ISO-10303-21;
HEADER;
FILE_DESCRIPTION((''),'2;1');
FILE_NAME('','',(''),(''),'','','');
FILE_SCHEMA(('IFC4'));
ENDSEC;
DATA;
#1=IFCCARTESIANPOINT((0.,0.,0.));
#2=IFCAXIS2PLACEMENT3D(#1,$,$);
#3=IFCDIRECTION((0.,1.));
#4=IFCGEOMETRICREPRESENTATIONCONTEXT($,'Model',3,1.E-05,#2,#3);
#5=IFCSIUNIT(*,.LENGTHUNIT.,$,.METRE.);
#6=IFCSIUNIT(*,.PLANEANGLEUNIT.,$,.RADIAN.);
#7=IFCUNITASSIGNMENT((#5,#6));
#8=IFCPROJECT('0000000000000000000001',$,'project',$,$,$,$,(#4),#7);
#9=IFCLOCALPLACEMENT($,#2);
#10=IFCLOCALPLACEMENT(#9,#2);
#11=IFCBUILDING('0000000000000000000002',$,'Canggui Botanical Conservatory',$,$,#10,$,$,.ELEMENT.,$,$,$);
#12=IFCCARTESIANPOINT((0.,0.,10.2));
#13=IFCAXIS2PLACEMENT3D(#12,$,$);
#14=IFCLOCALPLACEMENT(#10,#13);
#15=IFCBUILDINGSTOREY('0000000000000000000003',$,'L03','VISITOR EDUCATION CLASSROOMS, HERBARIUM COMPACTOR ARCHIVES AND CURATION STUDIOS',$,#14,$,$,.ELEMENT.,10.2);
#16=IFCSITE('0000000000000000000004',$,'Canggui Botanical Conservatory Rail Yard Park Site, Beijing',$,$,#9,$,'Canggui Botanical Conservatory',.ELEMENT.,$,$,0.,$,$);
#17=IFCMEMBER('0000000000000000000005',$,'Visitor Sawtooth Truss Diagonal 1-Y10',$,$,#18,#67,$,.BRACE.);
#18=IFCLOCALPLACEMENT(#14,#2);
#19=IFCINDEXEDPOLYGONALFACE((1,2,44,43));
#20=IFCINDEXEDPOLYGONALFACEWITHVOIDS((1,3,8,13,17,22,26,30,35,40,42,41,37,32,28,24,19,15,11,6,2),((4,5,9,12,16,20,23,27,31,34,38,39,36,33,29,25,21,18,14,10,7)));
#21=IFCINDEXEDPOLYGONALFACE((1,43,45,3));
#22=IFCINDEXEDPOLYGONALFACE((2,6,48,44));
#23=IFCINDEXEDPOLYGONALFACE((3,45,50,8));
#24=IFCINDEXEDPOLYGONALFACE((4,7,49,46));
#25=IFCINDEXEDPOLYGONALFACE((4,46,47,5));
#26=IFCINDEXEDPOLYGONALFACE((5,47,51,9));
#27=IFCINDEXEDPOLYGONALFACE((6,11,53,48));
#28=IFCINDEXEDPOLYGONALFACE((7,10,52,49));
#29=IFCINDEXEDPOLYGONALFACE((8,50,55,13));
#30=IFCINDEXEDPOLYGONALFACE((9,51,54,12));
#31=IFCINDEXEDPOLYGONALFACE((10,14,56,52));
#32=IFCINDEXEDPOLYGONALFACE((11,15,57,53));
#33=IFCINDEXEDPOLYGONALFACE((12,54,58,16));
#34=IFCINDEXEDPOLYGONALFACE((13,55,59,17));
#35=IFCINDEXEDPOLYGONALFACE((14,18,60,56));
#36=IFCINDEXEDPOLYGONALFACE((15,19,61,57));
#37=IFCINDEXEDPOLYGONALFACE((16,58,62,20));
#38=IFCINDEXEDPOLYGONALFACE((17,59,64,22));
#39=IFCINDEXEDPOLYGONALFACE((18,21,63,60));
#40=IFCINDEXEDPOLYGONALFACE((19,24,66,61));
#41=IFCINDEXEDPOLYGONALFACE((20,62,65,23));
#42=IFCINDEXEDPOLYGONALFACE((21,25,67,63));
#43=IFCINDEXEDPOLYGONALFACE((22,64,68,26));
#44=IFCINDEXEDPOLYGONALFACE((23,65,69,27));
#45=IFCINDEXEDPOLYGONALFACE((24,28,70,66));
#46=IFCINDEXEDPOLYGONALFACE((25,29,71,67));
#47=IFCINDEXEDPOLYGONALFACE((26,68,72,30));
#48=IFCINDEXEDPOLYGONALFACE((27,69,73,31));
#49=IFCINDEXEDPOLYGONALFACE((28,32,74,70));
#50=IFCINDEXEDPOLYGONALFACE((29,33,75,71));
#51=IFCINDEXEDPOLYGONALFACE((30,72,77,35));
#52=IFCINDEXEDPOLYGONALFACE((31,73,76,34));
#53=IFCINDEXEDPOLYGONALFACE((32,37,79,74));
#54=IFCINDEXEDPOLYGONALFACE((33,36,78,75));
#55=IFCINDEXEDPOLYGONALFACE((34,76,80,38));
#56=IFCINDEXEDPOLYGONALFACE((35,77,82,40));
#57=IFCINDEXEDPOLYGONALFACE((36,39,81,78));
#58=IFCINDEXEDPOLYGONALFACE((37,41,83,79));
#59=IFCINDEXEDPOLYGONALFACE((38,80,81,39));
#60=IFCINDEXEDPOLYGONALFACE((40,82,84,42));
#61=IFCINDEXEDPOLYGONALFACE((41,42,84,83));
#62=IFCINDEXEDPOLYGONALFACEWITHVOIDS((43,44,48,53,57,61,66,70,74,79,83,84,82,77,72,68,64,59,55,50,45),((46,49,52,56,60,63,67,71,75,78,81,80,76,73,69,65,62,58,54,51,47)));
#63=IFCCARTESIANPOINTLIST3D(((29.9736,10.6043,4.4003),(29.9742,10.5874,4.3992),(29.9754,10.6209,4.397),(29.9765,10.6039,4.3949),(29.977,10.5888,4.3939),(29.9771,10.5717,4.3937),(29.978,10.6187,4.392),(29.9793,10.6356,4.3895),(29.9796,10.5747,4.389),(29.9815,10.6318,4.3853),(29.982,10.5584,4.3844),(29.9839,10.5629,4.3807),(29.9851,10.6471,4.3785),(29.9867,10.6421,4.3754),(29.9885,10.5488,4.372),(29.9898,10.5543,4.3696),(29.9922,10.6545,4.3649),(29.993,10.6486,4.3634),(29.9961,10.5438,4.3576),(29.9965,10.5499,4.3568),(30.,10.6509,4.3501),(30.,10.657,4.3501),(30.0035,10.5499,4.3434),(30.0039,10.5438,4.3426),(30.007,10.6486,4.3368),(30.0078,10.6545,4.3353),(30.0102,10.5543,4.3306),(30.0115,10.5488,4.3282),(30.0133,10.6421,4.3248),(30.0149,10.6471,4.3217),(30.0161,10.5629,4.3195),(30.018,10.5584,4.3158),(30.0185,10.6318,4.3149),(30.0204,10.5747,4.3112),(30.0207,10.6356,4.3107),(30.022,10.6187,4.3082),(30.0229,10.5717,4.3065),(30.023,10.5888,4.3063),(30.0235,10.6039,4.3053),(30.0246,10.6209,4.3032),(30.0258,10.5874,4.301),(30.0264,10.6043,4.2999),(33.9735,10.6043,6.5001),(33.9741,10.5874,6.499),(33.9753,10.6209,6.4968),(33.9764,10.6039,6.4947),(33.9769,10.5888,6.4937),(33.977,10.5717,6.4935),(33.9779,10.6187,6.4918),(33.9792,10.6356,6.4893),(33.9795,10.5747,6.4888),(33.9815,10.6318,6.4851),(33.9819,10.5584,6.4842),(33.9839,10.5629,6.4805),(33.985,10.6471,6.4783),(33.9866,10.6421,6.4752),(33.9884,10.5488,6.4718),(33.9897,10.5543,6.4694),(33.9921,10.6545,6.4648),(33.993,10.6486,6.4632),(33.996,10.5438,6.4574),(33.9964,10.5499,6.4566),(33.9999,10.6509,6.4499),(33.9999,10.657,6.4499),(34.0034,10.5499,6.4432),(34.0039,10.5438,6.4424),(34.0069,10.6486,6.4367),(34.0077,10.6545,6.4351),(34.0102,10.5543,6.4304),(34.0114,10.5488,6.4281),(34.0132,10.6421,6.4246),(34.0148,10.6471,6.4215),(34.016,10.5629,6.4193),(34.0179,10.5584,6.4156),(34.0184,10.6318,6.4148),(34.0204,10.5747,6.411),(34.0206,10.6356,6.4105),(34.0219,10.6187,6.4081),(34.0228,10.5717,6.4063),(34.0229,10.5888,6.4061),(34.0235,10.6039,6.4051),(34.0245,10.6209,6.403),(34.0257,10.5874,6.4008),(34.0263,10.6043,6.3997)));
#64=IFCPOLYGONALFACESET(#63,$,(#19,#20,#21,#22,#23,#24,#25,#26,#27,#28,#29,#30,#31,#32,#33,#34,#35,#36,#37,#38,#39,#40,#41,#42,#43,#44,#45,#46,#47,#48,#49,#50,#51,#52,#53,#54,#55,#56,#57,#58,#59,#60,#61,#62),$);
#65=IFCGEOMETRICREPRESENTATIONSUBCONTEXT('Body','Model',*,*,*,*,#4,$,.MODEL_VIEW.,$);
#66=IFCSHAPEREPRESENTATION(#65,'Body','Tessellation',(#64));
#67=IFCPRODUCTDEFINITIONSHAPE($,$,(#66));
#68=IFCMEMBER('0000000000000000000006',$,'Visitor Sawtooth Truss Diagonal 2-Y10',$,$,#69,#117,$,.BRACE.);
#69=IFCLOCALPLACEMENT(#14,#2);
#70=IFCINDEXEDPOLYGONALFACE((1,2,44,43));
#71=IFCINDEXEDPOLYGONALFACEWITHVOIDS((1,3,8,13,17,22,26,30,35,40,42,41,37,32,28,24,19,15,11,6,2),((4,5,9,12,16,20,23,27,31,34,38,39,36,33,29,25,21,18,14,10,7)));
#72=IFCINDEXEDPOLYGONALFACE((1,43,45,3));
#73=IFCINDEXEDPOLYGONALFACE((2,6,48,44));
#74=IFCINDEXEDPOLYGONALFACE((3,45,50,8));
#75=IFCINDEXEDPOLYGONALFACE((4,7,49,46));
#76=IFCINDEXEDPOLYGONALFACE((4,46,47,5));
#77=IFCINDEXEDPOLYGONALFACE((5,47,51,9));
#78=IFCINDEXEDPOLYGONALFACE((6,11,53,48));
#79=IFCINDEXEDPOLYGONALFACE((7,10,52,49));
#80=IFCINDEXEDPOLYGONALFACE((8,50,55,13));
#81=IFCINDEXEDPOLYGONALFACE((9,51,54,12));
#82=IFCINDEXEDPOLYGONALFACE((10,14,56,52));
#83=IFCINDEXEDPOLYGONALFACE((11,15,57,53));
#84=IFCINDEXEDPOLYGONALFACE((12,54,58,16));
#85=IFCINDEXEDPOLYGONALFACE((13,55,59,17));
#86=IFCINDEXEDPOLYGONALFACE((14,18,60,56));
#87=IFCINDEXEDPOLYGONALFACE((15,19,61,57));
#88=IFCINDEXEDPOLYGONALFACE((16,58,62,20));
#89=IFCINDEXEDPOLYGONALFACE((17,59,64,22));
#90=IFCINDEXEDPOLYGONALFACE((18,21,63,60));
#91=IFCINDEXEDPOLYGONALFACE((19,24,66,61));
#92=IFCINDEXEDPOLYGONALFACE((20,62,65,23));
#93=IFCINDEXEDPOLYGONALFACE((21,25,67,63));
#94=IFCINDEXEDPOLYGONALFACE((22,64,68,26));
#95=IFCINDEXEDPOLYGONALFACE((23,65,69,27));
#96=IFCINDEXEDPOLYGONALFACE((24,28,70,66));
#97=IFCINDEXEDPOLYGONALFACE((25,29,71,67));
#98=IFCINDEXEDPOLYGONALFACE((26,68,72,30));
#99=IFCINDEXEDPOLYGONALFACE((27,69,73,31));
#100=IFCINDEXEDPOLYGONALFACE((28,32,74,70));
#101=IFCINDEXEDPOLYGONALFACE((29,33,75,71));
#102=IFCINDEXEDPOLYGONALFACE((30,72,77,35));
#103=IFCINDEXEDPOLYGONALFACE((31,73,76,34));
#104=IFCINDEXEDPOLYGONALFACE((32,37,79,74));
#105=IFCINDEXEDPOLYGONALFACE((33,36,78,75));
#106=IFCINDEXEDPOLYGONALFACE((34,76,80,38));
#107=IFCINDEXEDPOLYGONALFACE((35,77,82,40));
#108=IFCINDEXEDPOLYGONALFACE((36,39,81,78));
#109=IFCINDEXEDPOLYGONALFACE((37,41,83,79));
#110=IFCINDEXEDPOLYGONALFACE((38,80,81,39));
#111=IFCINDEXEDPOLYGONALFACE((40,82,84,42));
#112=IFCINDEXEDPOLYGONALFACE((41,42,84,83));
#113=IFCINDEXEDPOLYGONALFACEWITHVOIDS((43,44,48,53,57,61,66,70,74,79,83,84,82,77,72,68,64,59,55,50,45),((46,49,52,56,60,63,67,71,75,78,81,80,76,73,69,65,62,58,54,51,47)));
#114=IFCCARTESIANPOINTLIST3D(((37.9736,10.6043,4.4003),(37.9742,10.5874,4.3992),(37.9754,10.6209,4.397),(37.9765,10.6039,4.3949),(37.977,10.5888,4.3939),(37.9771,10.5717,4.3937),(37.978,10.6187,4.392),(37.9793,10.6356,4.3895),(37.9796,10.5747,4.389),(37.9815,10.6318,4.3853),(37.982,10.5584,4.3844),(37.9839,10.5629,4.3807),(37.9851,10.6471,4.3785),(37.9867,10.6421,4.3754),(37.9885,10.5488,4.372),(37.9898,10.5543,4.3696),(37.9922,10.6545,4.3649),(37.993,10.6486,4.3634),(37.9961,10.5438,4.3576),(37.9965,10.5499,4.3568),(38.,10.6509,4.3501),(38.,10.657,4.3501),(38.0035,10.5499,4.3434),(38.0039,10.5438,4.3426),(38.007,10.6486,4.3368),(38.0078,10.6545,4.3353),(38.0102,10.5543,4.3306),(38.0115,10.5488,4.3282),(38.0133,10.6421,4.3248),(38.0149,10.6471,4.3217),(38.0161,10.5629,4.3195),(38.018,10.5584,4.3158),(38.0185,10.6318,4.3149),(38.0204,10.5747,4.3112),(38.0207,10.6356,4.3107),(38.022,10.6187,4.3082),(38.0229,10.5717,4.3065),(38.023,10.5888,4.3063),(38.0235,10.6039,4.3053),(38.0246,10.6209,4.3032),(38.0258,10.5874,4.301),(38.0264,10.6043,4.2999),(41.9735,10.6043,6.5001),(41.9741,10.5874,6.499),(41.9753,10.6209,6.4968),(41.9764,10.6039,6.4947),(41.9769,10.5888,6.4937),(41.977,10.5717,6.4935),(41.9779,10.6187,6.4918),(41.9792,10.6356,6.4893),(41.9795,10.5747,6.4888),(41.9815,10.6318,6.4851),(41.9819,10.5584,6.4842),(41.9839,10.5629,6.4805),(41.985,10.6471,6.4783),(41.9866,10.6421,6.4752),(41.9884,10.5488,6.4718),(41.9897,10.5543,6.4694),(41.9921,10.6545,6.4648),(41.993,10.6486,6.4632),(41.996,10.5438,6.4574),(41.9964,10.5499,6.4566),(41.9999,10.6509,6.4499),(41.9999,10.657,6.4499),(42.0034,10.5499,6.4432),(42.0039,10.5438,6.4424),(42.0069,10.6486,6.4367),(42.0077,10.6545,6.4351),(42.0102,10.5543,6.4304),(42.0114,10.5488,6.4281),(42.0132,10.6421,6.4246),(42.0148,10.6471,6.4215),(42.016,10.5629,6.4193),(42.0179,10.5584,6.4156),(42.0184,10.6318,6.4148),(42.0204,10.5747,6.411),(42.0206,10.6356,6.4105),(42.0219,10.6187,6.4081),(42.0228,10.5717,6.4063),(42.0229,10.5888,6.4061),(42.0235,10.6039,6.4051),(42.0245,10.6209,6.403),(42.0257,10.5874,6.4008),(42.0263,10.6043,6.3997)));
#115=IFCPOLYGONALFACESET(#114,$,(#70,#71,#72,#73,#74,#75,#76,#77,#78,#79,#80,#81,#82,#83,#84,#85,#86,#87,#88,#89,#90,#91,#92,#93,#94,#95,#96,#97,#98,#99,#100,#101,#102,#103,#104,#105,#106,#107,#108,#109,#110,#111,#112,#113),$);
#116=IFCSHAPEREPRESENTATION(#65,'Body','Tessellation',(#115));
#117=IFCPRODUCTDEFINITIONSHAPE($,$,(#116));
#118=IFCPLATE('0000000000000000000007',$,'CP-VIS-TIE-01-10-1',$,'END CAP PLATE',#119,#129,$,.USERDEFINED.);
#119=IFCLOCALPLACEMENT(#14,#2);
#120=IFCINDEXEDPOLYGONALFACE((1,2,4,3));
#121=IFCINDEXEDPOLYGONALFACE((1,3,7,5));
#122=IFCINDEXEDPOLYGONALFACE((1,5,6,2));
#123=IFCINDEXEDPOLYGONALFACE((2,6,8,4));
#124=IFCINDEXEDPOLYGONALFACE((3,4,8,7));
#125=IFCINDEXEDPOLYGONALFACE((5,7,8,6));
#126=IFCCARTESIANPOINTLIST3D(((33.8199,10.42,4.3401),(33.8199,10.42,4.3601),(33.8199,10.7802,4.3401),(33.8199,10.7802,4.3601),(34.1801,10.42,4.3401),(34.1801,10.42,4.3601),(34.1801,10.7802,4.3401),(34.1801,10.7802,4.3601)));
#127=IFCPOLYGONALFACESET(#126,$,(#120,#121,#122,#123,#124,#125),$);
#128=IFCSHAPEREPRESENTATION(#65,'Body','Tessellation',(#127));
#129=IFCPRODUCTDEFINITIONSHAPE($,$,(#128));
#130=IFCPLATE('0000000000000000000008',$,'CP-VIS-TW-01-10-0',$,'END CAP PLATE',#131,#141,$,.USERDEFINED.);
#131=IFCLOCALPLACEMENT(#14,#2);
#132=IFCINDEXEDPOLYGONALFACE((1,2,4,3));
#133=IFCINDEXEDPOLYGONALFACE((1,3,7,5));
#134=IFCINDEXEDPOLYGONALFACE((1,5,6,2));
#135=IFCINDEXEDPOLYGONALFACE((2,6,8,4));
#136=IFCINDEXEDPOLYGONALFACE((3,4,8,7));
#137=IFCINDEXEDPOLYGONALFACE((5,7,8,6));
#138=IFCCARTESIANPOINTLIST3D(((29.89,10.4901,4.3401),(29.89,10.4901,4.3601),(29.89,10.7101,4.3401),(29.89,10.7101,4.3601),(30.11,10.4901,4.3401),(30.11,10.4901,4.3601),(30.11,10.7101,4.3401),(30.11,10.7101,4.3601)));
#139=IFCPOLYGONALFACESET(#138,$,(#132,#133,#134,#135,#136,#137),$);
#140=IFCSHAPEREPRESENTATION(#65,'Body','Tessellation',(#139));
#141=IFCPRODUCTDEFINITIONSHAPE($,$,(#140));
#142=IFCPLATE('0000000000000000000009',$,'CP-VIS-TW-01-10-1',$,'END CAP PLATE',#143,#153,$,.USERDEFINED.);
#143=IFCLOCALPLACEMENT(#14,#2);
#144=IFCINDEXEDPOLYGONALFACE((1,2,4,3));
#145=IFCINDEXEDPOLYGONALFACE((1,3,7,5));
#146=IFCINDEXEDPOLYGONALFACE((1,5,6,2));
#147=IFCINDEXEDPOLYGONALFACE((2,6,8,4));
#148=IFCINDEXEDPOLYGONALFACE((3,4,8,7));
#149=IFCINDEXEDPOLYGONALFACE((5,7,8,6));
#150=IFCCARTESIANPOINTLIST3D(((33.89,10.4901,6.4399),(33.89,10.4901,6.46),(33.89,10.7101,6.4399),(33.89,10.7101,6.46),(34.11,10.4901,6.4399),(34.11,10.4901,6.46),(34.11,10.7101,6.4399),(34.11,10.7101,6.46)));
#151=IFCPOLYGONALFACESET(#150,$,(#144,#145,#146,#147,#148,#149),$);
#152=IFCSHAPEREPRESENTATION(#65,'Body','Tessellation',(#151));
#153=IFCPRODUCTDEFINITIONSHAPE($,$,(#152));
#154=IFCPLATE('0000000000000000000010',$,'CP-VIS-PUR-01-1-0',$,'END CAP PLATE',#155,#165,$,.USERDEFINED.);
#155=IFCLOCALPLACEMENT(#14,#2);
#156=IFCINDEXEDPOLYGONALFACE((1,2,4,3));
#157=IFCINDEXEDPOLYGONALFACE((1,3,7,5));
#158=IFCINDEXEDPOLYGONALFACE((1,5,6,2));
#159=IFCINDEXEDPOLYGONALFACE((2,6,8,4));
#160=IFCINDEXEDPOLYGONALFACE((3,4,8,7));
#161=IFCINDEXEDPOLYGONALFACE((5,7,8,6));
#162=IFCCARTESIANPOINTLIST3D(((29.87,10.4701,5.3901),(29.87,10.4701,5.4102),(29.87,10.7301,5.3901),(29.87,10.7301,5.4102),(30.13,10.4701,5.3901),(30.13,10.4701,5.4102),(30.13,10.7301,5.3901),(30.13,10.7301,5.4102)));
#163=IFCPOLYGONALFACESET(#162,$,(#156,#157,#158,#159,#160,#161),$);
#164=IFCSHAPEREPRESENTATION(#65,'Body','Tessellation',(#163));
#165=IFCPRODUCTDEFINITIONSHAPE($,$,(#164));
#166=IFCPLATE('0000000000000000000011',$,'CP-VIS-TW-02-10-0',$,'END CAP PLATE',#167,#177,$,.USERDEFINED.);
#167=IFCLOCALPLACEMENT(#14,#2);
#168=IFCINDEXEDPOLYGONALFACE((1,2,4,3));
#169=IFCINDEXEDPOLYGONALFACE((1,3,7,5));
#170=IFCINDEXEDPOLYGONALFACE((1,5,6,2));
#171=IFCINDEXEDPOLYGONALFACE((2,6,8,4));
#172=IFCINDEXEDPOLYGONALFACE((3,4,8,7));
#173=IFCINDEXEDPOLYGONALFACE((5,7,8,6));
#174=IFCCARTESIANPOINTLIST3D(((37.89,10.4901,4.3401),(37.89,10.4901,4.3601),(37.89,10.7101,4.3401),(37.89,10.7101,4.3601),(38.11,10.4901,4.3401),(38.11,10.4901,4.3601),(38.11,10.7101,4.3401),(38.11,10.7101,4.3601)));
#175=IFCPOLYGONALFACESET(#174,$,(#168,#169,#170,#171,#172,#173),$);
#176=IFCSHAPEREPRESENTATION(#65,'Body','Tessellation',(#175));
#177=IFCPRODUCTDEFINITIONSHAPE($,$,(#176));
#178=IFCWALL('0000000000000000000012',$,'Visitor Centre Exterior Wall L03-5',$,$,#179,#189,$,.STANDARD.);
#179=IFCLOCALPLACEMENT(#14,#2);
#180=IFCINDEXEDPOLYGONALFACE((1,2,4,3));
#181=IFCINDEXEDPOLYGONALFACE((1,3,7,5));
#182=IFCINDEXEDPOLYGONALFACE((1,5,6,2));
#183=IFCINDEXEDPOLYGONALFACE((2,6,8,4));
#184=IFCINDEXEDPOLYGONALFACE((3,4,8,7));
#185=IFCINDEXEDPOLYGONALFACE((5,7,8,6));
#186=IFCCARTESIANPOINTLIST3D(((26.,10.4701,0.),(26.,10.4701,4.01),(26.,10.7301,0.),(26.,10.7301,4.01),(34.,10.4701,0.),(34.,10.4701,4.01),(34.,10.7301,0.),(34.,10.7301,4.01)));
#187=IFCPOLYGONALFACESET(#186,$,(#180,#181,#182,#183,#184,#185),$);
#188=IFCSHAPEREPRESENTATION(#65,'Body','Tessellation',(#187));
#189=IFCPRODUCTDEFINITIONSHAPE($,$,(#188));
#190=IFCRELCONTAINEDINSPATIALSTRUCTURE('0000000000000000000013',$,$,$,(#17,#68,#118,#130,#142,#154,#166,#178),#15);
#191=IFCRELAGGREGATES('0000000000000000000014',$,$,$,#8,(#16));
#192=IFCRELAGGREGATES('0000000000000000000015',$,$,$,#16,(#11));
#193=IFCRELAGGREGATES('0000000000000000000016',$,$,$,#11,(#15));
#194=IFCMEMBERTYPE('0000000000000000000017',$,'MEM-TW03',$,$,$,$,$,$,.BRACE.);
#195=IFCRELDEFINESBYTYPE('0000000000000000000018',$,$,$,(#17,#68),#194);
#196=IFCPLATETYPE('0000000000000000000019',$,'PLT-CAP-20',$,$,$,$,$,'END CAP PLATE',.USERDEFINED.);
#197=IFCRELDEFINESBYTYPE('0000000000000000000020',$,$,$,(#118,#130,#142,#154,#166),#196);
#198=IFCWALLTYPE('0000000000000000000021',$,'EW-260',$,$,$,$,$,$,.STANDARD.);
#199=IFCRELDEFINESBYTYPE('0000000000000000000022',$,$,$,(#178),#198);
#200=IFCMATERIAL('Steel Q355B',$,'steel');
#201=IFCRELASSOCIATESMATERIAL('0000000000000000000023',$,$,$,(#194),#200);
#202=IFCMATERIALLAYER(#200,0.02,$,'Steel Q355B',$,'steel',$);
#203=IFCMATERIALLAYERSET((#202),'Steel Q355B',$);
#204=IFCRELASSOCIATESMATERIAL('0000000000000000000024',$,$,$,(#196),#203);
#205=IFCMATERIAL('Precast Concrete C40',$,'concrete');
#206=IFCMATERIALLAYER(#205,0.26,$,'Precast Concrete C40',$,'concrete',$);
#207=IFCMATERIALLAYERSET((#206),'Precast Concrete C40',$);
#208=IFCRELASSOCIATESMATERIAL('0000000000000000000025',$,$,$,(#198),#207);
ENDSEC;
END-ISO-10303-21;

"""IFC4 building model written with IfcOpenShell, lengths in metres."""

from ifc_helpers import new_model, si_unit, direction, frame, frame_2d, origin, origin_2d, place, context, subcontext, project, spatial, rectangle, hollow_circle, extrude, material, layer, layer_set, material_profile, profile_set, type_object, element, save


model = new_model("IFC4")

# Units and contexts
model_context = context("Model", 3, precision=1e-05, world=origin(), true_north=direction((0.0, 1.0)))
body_context = subcontext(model_context, "Body", "Model", "MODEL_VIEW")
ifc_project = project(units=[si_unit("LENGTHUNIT", "METRE"), si_unit("PLANEANGLEUNIT", "RADIAN")], contexts=[model_context])

# Site, building, storey
site_placement = place(None, origin())
site = spatial("IfcSite", under=ifc_project, at=site_placement, Name="Canggui Botanical Conservatory Rail Yard Park Site, Beijing", LongName="Canggui Botanical Conservatory", CompositionType="ELEMENT", RefElevation=0.0)
building_placement = place(site_placement, origin())
building = spatial("IfcBuilding", under=site, at=building_placement, Name="Canggui Botanical Conservatory", CompositionType="ELEMENT")
storey_placement = place(building_placement, frame((0.0, 0.0, 10.2)))
storey = spatial("IfcBuildingStorey", under=building, at=storey_placement, Name="L03", Description="VISITOR EDUCATION CLASSROOMS, HERBARIUM COMPACTOR ARCHIVES AND CURATION STUDIOS", CompositionType="ELEMENT", Elevation=10.2)

# Shared definitions
ifc_material_1 = material(Name="Steel Q355B", Category="steel")

# Members
ifc_material_profile_1 = material_profile(ifc_material_1, hollow_circle(Radius=0.0569, WallThickness=0.0061, at=origin_2d()), Name="CHS 114x6")
ifc_profile_set_1 = profile_set([ifc_material_profile_1], Name="Steel Q355B")
member_type_1 = type_object("IfcMemberType", Name="MEM-TW03", PredefinedType="BRACE", material=ifc_profile_set_1)
for number, where, z_axis, x_axis, name in (
    (1, (30.0, 10.6001, 4.3501), (0.885411, 0.0, 0.464808), (0.0, 1.0, 0.0), "Visitor Sawtooth Truss Diagonal 1-Y10"),
    (2, (38.0, 10.6001, 4.3501), (0.885411, 0.0, 0.464808), (0.0, 1.0, 0.0), "Visitor Sawtooth Truss Diagonal 2-Y10"),
):
    element("IfcMember", number, at=place(storey_placement, frame(where, z_axis=z_axis, x_axis=x_axis)), inside=storey, type_object=member_type_1, Name=name, PredefinedType="BRACE", context=body_context, shape_type="SweptSolid", body=[
        extrude(hollow_circle(Radius=0.0569, WallThickness=0.0061, at=origin_2d()), origin(), (0.0, 0.0, 1.0), 4.5176),
    ])

# Plates
ifc_layer_1 = layer(ifc_material_1, 0.02, Name="Steel Q355B", Category="steel")
ifc_layer_set_1 = layer_set([ifc_layer_1], Name="Steel Q355B")
plate_type = type_object("IfcPlateType", Name="PLT-CAP-20", ElementType="END CAP PLATE", PredefinedType="USERDEFINED", material=ifc_layer_set_1)
plate_1_placement = place(storey_placement, frame((34.0, 10.6001, 4.3401), z_axis=(0.0, 0.0, 1.0), x_axis=(1.0, 0.0, 0.0)))
element("IfcPlate", 3, at=plate_1_placement, inside=storey, type_object=plate_type, Name="CP-VIS-TIE-01-10-1", ObjectType="END CAP PLATE", PredefinedType="USERDEFINED", context=body_context, shape_type="SweptSolid", body=[
    extrude(rectangle(XDim=0.3601, YDim=0.3601, at=origin_2d()), origin(), (0.0, 0.0, 1.0), 0.02),
])
for number, where, z_axis, x_axis, name in (
    (4, (30.0, 10.6001, 4.3401), (0.0, 0.0, 1.0), (1.0, 0.0, 0.0), "CP-VIS-TW-01-10-0"),
    (5, (34.0, 10.6001, 6.4399), (0.0, 0.0, 1.0), (1.0, 0.0, 0.0), "CP-VIS-TW-01-10-1"),
):
    element("IfcPlate", number, at=place(storey_placement, frame(where, z_axis=z_axis, x_axis=x_axis)), inside=storey, type_object=plate_type, Name=name, ObjectType="END CAP PLATE", PredefinedType="USERDEFINED", context=body_context, shape_type="SweptSolid", body=[
        extrude(rectangle(XDim=0.22, YDim=0.22, at=origin_2d()), origin(), (0.0, 0.0, 1.0), 0.02),
    ])
plate_2_placement = place(storey_placement, frame((30.0, 10.6001, 5.3901), z_axis=(0.0, 0.0, 1.0), x_axis=(1.0, 0.0, 0.0)))
element("IfcPlate", 6, at=plate_2_placement, inside=storey, type_object=plate_type, Name="CP-VIS-PUR-01-1-0", ObjectType="END CAP PLATE", PredefinedType="USERDEFINED", context=body_context, shape_type="SweptSolid", body=[
    extrude(rectangle(XDim=0.26, YDim=0.26, at=origin_2d()), origin(), (0.0, 0.0, 1.0), 0.02),
])
plate_3_placement = place(storey_placement, frame((38.0, 10.6001, 4.3401), z_axis=(0.0, 0.0, 1.0), x_axis=(1.0, 0.0, 0.0)))
element("IfcPlate", 7, at=plate_3_placement, inside=storey, type_object=plate_type, Name="CP-VIS-TW-02-10-0", ObjectType="END CAP PLATE", PredefinedType="USERDEFINED", context=body_context, shape_type="SweptSolid", body=[
    extrude(rectangle(XDim=0.22, YDim=0.22, at=origin_2d()), origin(), (0.0, 0.0, 1.0), 0.02),
])

# Wall
ifc_material_2 = material(Name="Precast Concrete C40", Category="concrete")
ifc_layer_2 = layer(ifc_material_2, 0.26, Name="Precast Concrete C40", Category="concrete")
ifc_layer_set_2 = layer_set([ifc_layer_2], Name="Precast Concrete C40")
wall_type_1 = type_object("IfcWallType", Name="EW-260", PredefinedType="STANDARD", material=ifc_layer_set_2)
wall_1_placement = place(storey_placement, frame((34.0, 10.6001, 0.0), z_axis=(0.0, 0.0, 1.0), x_axis=(-1.0, 0.0, 0.0)))
element("IfcWall", 8, at=wall_1_placement, inside=storey, type_object=wall_type_1, Name="Visitor Centre Exterior Wall L03-5", PredefinedType="STANDARD", context=body_context, shape_type="SweptSolid", body=[
    extrude(rectangle(XDim=8.0, YDim=0.26, at=frame_2d((4.0, 0.0))), origin(), (0.0, 0.0, 1.0), 4.01),
])

save(model, "model.ifc")
